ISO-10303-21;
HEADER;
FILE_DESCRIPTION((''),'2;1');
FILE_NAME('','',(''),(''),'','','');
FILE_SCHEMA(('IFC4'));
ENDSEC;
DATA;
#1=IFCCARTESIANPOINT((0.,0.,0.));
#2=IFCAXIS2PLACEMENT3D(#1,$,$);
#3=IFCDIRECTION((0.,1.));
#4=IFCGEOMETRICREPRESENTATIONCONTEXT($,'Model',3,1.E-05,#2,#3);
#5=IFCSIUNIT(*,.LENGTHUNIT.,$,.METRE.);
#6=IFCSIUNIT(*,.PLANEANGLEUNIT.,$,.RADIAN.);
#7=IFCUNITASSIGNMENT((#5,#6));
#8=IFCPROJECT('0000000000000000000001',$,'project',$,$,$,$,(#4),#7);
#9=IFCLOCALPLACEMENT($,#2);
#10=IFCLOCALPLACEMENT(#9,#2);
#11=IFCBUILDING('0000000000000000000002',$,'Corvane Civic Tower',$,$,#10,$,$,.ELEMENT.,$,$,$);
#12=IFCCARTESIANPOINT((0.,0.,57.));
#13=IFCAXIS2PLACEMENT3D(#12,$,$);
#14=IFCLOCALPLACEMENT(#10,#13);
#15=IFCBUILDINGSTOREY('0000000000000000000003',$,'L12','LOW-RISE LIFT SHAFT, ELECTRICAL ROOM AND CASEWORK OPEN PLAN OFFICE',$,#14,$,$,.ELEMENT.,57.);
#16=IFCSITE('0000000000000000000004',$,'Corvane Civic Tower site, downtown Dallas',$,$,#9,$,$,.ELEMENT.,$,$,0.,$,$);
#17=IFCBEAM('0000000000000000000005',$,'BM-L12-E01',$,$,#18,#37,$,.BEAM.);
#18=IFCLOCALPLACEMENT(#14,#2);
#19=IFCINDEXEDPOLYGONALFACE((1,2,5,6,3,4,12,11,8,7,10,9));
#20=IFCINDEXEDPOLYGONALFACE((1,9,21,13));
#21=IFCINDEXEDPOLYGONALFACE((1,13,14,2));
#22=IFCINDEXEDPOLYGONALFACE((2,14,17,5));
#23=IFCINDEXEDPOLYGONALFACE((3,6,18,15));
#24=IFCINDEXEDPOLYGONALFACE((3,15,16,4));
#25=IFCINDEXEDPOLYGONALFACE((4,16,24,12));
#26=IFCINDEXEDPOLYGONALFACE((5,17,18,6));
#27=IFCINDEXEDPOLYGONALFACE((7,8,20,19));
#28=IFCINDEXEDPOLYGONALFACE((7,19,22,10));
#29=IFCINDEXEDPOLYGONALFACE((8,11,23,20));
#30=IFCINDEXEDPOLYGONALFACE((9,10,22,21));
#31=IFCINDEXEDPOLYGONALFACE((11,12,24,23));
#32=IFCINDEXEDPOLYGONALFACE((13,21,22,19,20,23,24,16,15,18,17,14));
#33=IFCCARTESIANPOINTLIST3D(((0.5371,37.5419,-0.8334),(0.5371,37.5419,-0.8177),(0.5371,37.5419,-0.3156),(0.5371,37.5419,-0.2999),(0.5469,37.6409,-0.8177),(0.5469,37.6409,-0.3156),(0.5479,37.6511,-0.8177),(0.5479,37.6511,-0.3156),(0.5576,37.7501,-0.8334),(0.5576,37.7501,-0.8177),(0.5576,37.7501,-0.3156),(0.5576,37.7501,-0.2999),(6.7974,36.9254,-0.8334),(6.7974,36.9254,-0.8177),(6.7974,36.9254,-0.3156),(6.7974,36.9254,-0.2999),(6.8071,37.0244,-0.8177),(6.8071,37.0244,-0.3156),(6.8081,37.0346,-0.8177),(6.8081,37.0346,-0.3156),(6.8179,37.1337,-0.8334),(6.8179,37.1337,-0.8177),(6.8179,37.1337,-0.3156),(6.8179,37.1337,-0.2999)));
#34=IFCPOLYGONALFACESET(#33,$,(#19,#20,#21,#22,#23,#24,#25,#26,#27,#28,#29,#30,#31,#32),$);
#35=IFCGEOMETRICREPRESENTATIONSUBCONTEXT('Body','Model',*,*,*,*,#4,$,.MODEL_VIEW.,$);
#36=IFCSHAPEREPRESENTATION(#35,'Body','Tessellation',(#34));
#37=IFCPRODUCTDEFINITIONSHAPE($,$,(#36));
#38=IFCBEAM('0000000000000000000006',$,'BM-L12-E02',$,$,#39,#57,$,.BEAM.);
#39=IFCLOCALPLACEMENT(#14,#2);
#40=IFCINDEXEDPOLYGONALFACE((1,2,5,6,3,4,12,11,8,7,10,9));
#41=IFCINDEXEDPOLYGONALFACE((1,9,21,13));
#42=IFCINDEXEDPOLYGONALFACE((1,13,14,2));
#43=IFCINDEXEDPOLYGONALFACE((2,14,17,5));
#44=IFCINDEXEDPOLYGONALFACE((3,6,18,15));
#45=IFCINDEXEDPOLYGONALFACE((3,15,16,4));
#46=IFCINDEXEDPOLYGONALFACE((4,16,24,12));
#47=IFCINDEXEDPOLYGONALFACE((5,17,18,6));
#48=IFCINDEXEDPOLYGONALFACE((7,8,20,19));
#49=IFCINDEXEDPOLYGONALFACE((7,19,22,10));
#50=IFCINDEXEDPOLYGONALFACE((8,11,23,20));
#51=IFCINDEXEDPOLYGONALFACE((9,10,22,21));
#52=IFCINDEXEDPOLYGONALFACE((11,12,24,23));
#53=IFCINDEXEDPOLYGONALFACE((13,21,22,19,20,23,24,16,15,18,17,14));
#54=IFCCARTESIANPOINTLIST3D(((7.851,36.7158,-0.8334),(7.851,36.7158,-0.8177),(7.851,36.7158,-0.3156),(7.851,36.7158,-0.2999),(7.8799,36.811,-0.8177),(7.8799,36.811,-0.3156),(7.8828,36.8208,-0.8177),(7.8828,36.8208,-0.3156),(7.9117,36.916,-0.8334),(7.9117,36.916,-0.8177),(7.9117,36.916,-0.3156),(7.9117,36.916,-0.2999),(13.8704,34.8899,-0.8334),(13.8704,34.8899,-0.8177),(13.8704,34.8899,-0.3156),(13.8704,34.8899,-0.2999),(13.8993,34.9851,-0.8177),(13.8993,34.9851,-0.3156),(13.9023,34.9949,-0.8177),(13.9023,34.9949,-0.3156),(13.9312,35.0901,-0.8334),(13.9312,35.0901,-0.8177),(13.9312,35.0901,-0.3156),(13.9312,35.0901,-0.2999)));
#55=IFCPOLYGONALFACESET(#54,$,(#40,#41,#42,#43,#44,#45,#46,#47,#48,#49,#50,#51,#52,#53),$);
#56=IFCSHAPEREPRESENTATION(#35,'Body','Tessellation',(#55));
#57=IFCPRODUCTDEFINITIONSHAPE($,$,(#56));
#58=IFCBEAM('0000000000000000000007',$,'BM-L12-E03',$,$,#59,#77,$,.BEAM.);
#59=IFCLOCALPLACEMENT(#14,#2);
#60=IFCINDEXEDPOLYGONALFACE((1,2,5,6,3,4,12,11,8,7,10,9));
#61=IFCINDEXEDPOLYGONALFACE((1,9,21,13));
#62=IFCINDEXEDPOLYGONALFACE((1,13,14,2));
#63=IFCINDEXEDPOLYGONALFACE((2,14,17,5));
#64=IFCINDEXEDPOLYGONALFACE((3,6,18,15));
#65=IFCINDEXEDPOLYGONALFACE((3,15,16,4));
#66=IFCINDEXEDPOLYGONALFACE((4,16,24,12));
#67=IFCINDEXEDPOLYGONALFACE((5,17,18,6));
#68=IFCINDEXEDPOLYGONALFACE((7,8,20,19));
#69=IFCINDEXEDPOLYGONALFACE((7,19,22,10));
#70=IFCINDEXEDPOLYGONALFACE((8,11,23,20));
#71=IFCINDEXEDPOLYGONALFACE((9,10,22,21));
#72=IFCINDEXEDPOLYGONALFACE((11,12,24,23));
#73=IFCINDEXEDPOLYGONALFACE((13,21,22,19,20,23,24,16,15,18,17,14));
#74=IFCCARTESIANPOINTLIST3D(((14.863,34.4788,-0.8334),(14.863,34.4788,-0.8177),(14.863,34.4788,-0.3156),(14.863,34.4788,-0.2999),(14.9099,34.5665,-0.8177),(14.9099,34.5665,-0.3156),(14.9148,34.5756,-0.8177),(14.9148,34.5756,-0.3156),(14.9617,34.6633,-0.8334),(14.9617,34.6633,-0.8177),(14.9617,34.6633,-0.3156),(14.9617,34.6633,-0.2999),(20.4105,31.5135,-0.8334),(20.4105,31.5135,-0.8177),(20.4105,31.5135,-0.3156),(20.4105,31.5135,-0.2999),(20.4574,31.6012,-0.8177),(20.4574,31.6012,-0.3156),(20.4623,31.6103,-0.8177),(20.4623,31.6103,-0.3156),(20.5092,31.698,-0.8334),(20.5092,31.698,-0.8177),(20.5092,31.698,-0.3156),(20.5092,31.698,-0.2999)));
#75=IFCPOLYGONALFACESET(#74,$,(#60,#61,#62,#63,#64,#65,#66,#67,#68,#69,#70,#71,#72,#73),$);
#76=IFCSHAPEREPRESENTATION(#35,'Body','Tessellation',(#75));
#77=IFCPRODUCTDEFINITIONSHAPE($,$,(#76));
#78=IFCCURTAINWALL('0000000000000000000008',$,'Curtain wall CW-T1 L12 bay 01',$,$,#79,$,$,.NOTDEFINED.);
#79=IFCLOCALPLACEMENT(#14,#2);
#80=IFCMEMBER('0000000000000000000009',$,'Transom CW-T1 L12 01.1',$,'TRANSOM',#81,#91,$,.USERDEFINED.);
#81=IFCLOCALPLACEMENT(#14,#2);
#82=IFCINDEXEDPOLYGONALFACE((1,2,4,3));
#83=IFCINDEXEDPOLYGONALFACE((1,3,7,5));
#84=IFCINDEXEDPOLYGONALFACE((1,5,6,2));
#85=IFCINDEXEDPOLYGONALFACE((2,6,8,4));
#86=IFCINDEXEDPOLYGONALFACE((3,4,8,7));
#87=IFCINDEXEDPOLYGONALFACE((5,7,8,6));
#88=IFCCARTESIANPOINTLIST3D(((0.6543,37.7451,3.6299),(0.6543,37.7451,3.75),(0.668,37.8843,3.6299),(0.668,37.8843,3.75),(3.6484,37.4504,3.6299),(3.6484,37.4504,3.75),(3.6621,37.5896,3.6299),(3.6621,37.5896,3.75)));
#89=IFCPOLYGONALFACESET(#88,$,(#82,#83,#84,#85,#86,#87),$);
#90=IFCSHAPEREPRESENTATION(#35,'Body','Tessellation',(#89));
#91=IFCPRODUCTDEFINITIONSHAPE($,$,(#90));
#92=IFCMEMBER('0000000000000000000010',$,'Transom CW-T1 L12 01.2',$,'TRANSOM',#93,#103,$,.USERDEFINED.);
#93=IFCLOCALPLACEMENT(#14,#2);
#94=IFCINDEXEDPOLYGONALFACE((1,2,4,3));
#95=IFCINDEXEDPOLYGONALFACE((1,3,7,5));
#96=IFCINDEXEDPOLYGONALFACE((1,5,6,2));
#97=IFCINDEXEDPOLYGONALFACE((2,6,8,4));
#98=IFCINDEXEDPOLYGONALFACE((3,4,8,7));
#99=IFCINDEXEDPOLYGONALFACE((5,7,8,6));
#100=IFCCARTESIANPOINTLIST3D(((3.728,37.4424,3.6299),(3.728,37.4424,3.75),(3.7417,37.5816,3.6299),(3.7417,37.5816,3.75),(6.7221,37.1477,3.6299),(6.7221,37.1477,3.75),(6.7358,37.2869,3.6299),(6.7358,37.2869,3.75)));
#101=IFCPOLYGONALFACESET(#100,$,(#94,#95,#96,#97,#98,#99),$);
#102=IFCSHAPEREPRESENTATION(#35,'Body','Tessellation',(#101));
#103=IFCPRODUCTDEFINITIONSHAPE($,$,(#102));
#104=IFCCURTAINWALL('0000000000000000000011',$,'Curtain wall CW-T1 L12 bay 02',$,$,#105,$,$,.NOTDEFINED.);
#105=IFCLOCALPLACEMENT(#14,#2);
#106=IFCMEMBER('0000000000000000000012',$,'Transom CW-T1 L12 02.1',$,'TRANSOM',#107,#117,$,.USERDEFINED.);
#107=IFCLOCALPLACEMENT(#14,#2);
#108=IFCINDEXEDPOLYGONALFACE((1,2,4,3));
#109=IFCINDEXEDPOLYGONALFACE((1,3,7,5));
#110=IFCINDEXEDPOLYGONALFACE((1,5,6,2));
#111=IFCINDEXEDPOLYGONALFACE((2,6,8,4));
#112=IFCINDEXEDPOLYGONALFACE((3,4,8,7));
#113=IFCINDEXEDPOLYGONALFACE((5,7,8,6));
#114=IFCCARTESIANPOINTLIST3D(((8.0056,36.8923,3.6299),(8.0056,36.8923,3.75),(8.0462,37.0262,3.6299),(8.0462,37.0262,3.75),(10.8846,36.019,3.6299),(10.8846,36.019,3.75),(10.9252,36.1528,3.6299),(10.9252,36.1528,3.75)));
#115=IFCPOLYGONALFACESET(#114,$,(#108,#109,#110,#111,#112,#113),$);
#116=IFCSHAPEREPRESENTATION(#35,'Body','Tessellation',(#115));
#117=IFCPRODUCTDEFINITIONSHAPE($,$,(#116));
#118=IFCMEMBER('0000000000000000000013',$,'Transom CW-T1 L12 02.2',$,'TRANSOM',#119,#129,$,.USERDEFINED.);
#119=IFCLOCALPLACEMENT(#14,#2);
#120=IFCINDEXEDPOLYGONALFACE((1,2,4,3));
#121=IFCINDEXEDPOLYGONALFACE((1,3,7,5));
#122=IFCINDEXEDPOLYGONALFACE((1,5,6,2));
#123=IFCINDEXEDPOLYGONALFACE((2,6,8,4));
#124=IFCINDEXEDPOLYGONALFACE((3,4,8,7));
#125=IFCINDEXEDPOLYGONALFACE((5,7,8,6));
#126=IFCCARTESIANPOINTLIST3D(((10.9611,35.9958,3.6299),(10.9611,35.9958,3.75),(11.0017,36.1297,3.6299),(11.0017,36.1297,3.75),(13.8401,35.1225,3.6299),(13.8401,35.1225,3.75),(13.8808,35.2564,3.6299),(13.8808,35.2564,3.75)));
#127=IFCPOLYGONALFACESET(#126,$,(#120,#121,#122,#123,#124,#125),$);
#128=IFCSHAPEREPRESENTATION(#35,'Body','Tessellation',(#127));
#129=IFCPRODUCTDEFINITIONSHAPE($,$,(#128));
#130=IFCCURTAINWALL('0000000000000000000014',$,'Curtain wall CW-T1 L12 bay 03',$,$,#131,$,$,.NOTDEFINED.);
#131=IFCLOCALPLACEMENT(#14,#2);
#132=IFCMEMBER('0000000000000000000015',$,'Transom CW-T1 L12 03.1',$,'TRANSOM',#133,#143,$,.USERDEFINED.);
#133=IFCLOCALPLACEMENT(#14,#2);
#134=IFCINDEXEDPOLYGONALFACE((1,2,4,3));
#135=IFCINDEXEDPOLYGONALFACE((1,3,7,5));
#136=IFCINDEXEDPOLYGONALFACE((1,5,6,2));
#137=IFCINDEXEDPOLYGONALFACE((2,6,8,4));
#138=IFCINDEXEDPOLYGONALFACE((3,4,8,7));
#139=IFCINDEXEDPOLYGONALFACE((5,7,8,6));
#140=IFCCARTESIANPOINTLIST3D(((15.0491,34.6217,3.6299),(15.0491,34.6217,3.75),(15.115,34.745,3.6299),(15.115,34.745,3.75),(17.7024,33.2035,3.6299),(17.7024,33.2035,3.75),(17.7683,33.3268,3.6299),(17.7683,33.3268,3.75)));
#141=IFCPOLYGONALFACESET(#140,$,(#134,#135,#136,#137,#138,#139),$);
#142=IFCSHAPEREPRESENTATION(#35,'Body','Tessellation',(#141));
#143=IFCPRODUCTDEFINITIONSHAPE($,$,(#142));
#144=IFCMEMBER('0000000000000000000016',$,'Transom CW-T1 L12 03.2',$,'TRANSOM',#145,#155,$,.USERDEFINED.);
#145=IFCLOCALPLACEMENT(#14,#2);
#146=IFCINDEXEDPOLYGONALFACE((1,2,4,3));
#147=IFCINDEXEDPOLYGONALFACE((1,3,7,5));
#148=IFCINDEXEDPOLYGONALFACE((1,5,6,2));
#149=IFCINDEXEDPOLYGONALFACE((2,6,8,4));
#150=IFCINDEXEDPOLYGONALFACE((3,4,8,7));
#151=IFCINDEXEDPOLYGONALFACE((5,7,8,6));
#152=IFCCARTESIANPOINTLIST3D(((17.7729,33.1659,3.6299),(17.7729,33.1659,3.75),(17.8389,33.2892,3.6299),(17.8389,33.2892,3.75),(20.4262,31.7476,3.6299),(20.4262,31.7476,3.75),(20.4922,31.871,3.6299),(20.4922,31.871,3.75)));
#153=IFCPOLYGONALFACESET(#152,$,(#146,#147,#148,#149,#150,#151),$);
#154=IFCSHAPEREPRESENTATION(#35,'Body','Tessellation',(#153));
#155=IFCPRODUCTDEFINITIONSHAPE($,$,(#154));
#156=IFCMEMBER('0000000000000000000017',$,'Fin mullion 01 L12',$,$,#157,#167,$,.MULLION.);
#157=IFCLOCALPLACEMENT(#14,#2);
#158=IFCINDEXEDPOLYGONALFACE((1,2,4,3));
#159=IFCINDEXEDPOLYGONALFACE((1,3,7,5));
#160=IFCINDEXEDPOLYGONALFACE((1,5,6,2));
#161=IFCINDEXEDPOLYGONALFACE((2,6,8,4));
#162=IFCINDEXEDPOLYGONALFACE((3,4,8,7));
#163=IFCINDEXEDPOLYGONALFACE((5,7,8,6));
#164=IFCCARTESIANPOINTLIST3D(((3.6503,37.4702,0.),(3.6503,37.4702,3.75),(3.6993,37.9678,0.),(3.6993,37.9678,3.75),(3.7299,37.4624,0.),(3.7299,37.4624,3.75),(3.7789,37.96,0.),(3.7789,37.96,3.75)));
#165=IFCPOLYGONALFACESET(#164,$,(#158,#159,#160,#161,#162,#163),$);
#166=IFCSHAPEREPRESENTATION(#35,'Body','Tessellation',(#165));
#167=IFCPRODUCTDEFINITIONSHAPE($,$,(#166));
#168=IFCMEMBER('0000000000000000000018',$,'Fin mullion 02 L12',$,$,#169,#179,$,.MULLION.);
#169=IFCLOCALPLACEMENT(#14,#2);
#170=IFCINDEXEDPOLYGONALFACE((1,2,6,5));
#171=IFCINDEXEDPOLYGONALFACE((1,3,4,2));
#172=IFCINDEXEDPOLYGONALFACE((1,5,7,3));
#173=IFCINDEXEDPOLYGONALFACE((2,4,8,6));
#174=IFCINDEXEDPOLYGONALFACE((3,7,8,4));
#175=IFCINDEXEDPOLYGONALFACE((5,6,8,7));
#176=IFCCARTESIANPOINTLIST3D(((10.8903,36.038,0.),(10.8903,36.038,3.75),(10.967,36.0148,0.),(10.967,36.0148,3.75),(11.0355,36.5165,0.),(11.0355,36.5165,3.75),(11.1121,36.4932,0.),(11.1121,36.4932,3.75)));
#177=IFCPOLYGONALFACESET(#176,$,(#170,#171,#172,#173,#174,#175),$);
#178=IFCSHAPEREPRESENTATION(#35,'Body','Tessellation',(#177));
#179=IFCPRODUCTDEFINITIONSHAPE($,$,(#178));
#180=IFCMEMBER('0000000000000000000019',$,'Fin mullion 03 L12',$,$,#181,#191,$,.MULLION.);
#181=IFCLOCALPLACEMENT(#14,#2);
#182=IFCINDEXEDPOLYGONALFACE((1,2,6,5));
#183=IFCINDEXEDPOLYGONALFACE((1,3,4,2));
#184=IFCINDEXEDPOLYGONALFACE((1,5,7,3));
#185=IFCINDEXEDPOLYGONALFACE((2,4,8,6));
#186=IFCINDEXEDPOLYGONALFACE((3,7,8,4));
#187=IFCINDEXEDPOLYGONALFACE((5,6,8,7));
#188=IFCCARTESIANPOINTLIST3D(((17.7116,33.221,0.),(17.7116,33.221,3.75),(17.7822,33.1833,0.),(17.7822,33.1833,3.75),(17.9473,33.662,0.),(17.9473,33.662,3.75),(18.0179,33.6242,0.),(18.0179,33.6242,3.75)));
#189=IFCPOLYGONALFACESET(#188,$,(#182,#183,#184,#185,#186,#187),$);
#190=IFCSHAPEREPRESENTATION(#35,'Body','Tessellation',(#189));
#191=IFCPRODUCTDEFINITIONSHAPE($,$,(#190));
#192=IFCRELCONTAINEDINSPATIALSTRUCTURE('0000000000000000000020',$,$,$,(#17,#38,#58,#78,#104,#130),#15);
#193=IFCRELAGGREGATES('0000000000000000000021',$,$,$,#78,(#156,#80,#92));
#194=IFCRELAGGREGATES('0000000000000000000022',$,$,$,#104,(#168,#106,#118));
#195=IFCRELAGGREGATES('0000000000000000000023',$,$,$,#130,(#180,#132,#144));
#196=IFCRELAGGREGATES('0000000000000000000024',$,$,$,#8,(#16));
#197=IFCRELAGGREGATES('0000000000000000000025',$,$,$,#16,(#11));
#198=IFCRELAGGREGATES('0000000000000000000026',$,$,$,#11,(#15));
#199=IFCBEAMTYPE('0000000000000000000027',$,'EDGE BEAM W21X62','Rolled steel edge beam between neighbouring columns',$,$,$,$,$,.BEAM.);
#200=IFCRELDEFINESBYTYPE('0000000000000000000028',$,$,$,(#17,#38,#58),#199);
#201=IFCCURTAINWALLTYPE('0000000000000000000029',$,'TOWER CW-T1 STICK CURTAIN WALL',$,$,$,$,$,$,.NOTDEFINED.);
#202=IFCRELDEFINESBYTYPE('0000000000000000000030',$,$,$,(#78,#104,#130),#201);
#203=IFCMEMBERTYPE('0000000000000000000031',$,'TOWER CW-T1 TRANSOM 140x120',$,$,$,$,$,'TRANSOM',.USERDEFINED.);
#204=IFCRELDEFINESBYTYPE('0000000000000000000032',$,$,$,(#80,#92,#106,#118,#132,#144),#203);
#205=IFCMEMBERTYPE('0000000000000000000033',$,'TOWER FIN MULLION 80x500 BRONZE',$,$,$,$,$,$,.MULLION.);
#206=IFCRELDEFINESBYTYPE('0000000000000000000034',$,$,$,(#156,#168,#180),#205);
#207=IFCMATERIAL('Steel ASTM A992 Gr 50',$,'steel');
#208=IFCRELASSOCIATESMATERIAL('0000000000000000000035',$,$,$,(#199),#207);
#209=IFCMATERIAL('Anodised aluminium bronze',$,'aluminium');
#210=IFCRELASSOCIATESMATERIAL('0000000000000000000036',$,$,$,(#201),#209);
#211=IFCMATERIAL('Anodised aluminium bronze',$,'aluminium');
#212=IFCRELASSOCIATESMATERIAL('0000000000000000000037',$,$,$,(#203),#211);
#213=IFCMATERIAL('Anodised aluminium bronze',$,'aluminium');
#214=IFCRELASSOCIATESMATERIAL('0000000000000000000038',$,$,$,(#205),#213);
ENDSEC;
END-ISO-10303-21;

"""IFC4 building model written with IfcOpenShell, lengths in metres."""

from ifc_helpers import new_model, si_unit, direction, frame, origin, origin_2d, place, context, subcontext, project, spatial, rectangle, i_section, extrude, material, material_profile, profile_set, type_object, element, aggregate, save


model = new_model("IFC4")

# Units and contexts
model_context = context("Model", 3, precision=1e-05, world=origin(), true_north=direction((0.0, 1.0)))
body_context = subcontext(model_context, "Body", "Model", "MODEL_VIEW")
ifc_project = project(units=[si_unit("LENGTHUNIT", "METRE"), si_unit("PLANEANGLEUNIT", "RADIAN")], contexts=[model_context])

# Site, building, storey
site_placement = place(None, origin())
site = spatial("IfcSite", under=ifc_project, at=site_placement, Name="Corvane Civic Tower site, downtown Dallas", CompositionType="ELEMENT", RefElevation=0.0)
building_placement = place(site_placement, origin())
building = spatial("IfcBuilding", under=site, at=building_placement, Name="Corvane Civic Tower", CompositionType="ELEMENT")
storey_placement = place(building_placement, frame((0.0, 0.0, 57.0)))
storey = spatial("IfcBuildingStorey", under=building, at=storey_placement, Name="L12", Description="LOW-RISE LIFT SHAFT, ELECTRICAL ROOM AND CASEWORK OPEN PLAN OFFICE", CompositionType="ELEMENT", Elevation=57.0)

# Beams
ifc_material_1 = material(Name="Steel ASTM A992 Gr 50", Category="steel")
ifc_material_profile_1 = material_profile(ifc_material_1, i_section(OverallWidth=0.2092, OverallDepth=0.5334, WebThickness=0.0103, FlangeThickness=0.0156, at=origin_2d()), Name="W21X62")
ifc_profile_set_1 = profile_set([ifc_material_profile_1], Name="Steel ASTM A992 Gr 50")
beam_type = type_object("IfcBeamType", Name="EDGE BEAM W21X62", Description="Rolled steel edge beam between neighbouring columns", PredefinedType="BEAM", material=ifc_profile_set_1)
beam_placement = place(storey_placement, frame((0.5474, 37.646, -0.5667), z_axis=(0.995187, -0.097997, 0.0), x_axis=(0.097997, 0.995187, 0.0)))
element("IfcBeam", 1, at=beam_placement, inside=storey, type_object=beam_type, Name="BM-L12-E01", PredefinedType="BEAM", context=body_context, shape_type="SweptSolid", body=[
    extrude(i_section(OverallWidth=0.2092, OverallDepth=0.5334, WebThickness=0.0103, FlangeThickness=0.0156, at=origin_2d()), origin(), (0.0, 0.0, 1.0), 6.2905),
])
for number, where, z_axis, x_axis, name in (
    (2, (7.8813, 36.8159, -0.5667), (0.956944, -0.290273, 0.0), (0.290273, 0.956944, 0.0), "BM-L12-E02"),
    (3, (14.9124, 34.571, -0.5667), (0.881916, -0.471406, 0.0), (0.471406, 0.881916, 0.0), "BM-L12-E03"),
):
    element("IfcBeam", number, at=place(storey_placement, frame(where, z_axis=z_axis, x_axis=x_axis)), inside=storey, type_object=beam_type, Name=name, PredefinedType="BEAM", context=body_context, shape_type="SweptSolid", body=[
        extrude(i_section(OverallWidth=0.2092, OverallDepth=0.5334, WebThickness=0.0103, FlangeThickness=0.0156, at=origin_2d()), origin(), (0.0, 0.0, 1.0), 6.2903),
    ])

# Curtain walls, members
ifc_material_2 = material(Name="Anodised aluminium bronze", Category="aluminium")
curtain_wall_type = type_object("IfcCurtainWallType", Name="TOWER CW-T1 STICK CURTAIN WALL", PredefinedType="NOTDEFINED", material=ifc_material_2)
curtain_wall_1_placement = place(storey_placement, origin())
curtain_wall_1 = element("IfcCurtainWall", 4, at=curtain_wall_1_placement, inside=storey, type_object=curtain_wall_type, Name="Curtain wall CW-T1 L12 bay 01", PredefinedType="NOTDEFINED")
ifc_material_3 = material(Name="Anodised aluminium bronze", Category="aluminium")
ifc_material_profile_2 = material_profile(ifc_material_3, rectangle(XDim=0.1399, YDim=0.1201, at=origin_2d()), Name="TOWER CW-T1 TRANSOM 140x120")
ifc_profile_set_2 = profile_set([ifc_material_profile_2], Name="Anodised aluminium bronze")
member_type_1 = type_object("IfcMemberType", Name="TOWER CW-T1 TRANSOM 140x120", ElementType="TRANSOM", PredefinedType="USERDEFINED", material=ifc_profile_set_2)
member_1_placement = place(storey_placement, frame((0.6611, 37.8147, 3.6899), z_axis=(0.995192, -0.097945, 0.0), x_axis=(0.097945, 0.995192, 0.0)))
member_1 = element("IfcMember", 5, at=member_1_placement, type_object=member_type_1, Name="Transom CW-T1 L12 01.1", ObjectType="TRANSOM", PredefinedType="USERDEFINED", context=body_context, shape_type="SweptSolid", body=[
    extrude(rectangle(XDim=0.1399, YDim=0.1201, at=origin_2d()), origin(), (0.0, 0.0, 1.0), 3.0085),
])
member_2_placement = place(storey_placement, frame((3.7349, 37.512, 3.6899), z_axis=(0.995192, -0.097945, 0.0), x_axis=(0.097945, 0.995192, 0.0)))
member_2 = element("IfcMember", 6, at=member_2_placement, type_object=member_type_1, Name="Transom CW-T1 L12 01.2", ObjectType="TRANSOM", PredefinedType="USERDEFINED", context=body_context, shape_type="SweptSolid", body=[
    extrude(rectangle(XDim=0.1399, YDim=0.1201, at=origin_2d()), origin(), (0.0, 0.0, 1.0), 3.0085),
])
curtain_wall_2_placement = place(storey_placement, origin())
curtain_wall_2 = element("IfcCurtainWall", 7, at=curtain_wall_2_placement, inside=storey, type_object=curtain_wall_type, Name="Curtain wall CW-T1 L12 bay 02", PredefinedType="NOTDEFINED")
member_3_placement = place(storey_placement, frame((8.0259, 36.9592, 3.6899), z_axis=(0.956942, -0.29028, 0.0), x_axis=(0.29028, 0.956942, 0.0)))
member_3 = element("IfcMember", 8, at=member_3_placement, type_object=member_type_1, Name="Transom CW-T1 L12 02.1", ObjectType="TRANSOM", PredefinedType="USERDEFINED", context=body_context, shape_type="SweptSolid", body=[
    extrude(rectangle(XDim=0.1399, YDim=0.1201, at=origin_2d()), origin(), (0.0, 0.0, 1.0), 3.0085),
])
member_4_placement = place(storey_placement, frame((10.9814, 36.0627, 3.6899), z_axis=(0.956942, -0.29028, 0.0), x_axis=(0.29028, 0.956942, 0.0)))
member_4 = element("IfcMember", 9, at=member_4_placement, type_object=member_type_1, Name="Transom CW-T1 L12 02.2", ObjectType="TRANSOM", PredefinedType="USERDEFINED", context=body_context, shape_type="SweptSolid", body=[
    extrude(rectangle(XDim=0.1399, YDim=0.1201, at=origin_2d()), origin(), (0.0, 0.0, 1.0), 3.0085),
])
curtain_wall_3_placement = place(storey_placement, origin())
curtain_wall_3 = element("IfcCurtainWall", 10, at=curtain_wall_3_placement, inside=storey, type_object=curtain_wall_type, Name="Curtain wall CW-T1 L12 bay 03", PredefinedType="NOTDEFINED")
member_5_placement = place(storey_placement, frame((15.082, 34.6833, 3.6899), z_axis=(0.881924, -0.471393, 0.0), x_axis=(0.471393, 0.881924, 0.0)))
member_5 = element("IfcMember", 11, at=member_5_placement, type_object=member_type_1, Name="Transom CW-T1 L12 03.1", ObjectType="TRANSOM", PredefinedType="USERDEFINED", context=body_context, shape_type="SweptSolid", body=[
    extrude(rectangle(XDim=0.1399, YDim=0.1201, at=origin_2d()), origin(), (0.0, 0.0, 1.0), 3.0085),
])
member_6_placement = place(storey_placement, frame((17.8059, 33.2275, 3.6899), z_axis=(0.881924, -0.471393, 0.0), x_axis=(0.471393, 0.881924, 0.0)))
member_6 = element("IfcMember", 12, at=member_6_placement, type_object=member_type_1, Name="Transom CW-T1 L12 03.2", ObjectType="TRANSOM", PredefinedType="USERDEFINED", context=body_context, shape_type="SweptSolid", body=[
    extrude(rectangle(XDim=0.1399, YDim=0.1201, at=origin_2d()), origin(), (0.0, 0.0, 1.0), 3.0085),
])

# Members
ifc_material_4 = material(Name="Anodised aluminium bronze", Category="aluminium")
ifc_material_profile_3 = material_profile(ifc_material_4, rectangle(XDim=0.0801, YDim=0.5, at=origin_2d()), Name="TOWER FIN MULLION 80x500 BRONZE")
ifc_profile_set_3 = profile_set([ifc_material_profile_3], Name="Anodised aluminium bronze")
member_type_2 = type_object("IfcMemberType", Name="TOWER FIN MULLION 80x500 BRONZE", PredefinedType="MULLION", material=ifc_profile_set_3)
member_7_placement = place(storey_placement, frame((3.7146, 37.7151, 0.0), z_axis=(0.0, 0.0, 1.0), x_axis=(0.995186, -0.098006, 0.0)))
member_7 = element("IfcMember", 13, at=member_7_placement, type_object=member_type_2, Name="Fin mullion 01 L12", PredefinedType="MULLION", context=body_context, shape_type="SweptSolid", body=[
    extrude(rectangle(XDim=0.0801, YDim=0.5, at=origin_2d()), origin(), (0.0, 0.0, 1.0), 3.75),
])
member_8_placement = place(storey_placement, frame((11.0012, 36.2656, 0.0), z_axis=(0.0, 0.0, 1.0), x_axis=(0.956942, -0.290278, 0.0)))
member_8 = element("IfcMember", 14, at=member_8_placement, type_object=member_type_2, Name="Fin mullion 02 L12", PredefinedType="MULLION", context=body_context, shape_type="SweptSolid", body=[
    extrude(rectangle(XDim=0.0801, YDim=0.5, at=origin_2d()), origin(), (0.0, 0.0, 1.0), 3.75),
])
member_9_placement = place(storey_placement, frame((17.8647, 33.4226, 0.0), z_axis=(0.0, 0.0, 1.0), x_axis=(0.881918, -0.471404, 0.0)))
member_9 = element("IfcMember", 15, at=member_9_placement, type_object=member_type_2, Name="Fin mullion 03 L12", PredefinedType="MULLION", context=body_context, shape_type="SweptSolid", body=[
    extrude(rectangle(XDim=0.0801, YDim=0.5, at=origin_2d()), origin(), (0.0, 0.0, 1.0), 3.75),
])

aggregate(curtain_wall_1, [member_7, member_1, member_2])
aggregate(curtain_wall_2, [member_8, member_3, member_4])
aggregate(curtain_wall_3, [member_9, member_5, member_6])

save(model, "model.ifc")
